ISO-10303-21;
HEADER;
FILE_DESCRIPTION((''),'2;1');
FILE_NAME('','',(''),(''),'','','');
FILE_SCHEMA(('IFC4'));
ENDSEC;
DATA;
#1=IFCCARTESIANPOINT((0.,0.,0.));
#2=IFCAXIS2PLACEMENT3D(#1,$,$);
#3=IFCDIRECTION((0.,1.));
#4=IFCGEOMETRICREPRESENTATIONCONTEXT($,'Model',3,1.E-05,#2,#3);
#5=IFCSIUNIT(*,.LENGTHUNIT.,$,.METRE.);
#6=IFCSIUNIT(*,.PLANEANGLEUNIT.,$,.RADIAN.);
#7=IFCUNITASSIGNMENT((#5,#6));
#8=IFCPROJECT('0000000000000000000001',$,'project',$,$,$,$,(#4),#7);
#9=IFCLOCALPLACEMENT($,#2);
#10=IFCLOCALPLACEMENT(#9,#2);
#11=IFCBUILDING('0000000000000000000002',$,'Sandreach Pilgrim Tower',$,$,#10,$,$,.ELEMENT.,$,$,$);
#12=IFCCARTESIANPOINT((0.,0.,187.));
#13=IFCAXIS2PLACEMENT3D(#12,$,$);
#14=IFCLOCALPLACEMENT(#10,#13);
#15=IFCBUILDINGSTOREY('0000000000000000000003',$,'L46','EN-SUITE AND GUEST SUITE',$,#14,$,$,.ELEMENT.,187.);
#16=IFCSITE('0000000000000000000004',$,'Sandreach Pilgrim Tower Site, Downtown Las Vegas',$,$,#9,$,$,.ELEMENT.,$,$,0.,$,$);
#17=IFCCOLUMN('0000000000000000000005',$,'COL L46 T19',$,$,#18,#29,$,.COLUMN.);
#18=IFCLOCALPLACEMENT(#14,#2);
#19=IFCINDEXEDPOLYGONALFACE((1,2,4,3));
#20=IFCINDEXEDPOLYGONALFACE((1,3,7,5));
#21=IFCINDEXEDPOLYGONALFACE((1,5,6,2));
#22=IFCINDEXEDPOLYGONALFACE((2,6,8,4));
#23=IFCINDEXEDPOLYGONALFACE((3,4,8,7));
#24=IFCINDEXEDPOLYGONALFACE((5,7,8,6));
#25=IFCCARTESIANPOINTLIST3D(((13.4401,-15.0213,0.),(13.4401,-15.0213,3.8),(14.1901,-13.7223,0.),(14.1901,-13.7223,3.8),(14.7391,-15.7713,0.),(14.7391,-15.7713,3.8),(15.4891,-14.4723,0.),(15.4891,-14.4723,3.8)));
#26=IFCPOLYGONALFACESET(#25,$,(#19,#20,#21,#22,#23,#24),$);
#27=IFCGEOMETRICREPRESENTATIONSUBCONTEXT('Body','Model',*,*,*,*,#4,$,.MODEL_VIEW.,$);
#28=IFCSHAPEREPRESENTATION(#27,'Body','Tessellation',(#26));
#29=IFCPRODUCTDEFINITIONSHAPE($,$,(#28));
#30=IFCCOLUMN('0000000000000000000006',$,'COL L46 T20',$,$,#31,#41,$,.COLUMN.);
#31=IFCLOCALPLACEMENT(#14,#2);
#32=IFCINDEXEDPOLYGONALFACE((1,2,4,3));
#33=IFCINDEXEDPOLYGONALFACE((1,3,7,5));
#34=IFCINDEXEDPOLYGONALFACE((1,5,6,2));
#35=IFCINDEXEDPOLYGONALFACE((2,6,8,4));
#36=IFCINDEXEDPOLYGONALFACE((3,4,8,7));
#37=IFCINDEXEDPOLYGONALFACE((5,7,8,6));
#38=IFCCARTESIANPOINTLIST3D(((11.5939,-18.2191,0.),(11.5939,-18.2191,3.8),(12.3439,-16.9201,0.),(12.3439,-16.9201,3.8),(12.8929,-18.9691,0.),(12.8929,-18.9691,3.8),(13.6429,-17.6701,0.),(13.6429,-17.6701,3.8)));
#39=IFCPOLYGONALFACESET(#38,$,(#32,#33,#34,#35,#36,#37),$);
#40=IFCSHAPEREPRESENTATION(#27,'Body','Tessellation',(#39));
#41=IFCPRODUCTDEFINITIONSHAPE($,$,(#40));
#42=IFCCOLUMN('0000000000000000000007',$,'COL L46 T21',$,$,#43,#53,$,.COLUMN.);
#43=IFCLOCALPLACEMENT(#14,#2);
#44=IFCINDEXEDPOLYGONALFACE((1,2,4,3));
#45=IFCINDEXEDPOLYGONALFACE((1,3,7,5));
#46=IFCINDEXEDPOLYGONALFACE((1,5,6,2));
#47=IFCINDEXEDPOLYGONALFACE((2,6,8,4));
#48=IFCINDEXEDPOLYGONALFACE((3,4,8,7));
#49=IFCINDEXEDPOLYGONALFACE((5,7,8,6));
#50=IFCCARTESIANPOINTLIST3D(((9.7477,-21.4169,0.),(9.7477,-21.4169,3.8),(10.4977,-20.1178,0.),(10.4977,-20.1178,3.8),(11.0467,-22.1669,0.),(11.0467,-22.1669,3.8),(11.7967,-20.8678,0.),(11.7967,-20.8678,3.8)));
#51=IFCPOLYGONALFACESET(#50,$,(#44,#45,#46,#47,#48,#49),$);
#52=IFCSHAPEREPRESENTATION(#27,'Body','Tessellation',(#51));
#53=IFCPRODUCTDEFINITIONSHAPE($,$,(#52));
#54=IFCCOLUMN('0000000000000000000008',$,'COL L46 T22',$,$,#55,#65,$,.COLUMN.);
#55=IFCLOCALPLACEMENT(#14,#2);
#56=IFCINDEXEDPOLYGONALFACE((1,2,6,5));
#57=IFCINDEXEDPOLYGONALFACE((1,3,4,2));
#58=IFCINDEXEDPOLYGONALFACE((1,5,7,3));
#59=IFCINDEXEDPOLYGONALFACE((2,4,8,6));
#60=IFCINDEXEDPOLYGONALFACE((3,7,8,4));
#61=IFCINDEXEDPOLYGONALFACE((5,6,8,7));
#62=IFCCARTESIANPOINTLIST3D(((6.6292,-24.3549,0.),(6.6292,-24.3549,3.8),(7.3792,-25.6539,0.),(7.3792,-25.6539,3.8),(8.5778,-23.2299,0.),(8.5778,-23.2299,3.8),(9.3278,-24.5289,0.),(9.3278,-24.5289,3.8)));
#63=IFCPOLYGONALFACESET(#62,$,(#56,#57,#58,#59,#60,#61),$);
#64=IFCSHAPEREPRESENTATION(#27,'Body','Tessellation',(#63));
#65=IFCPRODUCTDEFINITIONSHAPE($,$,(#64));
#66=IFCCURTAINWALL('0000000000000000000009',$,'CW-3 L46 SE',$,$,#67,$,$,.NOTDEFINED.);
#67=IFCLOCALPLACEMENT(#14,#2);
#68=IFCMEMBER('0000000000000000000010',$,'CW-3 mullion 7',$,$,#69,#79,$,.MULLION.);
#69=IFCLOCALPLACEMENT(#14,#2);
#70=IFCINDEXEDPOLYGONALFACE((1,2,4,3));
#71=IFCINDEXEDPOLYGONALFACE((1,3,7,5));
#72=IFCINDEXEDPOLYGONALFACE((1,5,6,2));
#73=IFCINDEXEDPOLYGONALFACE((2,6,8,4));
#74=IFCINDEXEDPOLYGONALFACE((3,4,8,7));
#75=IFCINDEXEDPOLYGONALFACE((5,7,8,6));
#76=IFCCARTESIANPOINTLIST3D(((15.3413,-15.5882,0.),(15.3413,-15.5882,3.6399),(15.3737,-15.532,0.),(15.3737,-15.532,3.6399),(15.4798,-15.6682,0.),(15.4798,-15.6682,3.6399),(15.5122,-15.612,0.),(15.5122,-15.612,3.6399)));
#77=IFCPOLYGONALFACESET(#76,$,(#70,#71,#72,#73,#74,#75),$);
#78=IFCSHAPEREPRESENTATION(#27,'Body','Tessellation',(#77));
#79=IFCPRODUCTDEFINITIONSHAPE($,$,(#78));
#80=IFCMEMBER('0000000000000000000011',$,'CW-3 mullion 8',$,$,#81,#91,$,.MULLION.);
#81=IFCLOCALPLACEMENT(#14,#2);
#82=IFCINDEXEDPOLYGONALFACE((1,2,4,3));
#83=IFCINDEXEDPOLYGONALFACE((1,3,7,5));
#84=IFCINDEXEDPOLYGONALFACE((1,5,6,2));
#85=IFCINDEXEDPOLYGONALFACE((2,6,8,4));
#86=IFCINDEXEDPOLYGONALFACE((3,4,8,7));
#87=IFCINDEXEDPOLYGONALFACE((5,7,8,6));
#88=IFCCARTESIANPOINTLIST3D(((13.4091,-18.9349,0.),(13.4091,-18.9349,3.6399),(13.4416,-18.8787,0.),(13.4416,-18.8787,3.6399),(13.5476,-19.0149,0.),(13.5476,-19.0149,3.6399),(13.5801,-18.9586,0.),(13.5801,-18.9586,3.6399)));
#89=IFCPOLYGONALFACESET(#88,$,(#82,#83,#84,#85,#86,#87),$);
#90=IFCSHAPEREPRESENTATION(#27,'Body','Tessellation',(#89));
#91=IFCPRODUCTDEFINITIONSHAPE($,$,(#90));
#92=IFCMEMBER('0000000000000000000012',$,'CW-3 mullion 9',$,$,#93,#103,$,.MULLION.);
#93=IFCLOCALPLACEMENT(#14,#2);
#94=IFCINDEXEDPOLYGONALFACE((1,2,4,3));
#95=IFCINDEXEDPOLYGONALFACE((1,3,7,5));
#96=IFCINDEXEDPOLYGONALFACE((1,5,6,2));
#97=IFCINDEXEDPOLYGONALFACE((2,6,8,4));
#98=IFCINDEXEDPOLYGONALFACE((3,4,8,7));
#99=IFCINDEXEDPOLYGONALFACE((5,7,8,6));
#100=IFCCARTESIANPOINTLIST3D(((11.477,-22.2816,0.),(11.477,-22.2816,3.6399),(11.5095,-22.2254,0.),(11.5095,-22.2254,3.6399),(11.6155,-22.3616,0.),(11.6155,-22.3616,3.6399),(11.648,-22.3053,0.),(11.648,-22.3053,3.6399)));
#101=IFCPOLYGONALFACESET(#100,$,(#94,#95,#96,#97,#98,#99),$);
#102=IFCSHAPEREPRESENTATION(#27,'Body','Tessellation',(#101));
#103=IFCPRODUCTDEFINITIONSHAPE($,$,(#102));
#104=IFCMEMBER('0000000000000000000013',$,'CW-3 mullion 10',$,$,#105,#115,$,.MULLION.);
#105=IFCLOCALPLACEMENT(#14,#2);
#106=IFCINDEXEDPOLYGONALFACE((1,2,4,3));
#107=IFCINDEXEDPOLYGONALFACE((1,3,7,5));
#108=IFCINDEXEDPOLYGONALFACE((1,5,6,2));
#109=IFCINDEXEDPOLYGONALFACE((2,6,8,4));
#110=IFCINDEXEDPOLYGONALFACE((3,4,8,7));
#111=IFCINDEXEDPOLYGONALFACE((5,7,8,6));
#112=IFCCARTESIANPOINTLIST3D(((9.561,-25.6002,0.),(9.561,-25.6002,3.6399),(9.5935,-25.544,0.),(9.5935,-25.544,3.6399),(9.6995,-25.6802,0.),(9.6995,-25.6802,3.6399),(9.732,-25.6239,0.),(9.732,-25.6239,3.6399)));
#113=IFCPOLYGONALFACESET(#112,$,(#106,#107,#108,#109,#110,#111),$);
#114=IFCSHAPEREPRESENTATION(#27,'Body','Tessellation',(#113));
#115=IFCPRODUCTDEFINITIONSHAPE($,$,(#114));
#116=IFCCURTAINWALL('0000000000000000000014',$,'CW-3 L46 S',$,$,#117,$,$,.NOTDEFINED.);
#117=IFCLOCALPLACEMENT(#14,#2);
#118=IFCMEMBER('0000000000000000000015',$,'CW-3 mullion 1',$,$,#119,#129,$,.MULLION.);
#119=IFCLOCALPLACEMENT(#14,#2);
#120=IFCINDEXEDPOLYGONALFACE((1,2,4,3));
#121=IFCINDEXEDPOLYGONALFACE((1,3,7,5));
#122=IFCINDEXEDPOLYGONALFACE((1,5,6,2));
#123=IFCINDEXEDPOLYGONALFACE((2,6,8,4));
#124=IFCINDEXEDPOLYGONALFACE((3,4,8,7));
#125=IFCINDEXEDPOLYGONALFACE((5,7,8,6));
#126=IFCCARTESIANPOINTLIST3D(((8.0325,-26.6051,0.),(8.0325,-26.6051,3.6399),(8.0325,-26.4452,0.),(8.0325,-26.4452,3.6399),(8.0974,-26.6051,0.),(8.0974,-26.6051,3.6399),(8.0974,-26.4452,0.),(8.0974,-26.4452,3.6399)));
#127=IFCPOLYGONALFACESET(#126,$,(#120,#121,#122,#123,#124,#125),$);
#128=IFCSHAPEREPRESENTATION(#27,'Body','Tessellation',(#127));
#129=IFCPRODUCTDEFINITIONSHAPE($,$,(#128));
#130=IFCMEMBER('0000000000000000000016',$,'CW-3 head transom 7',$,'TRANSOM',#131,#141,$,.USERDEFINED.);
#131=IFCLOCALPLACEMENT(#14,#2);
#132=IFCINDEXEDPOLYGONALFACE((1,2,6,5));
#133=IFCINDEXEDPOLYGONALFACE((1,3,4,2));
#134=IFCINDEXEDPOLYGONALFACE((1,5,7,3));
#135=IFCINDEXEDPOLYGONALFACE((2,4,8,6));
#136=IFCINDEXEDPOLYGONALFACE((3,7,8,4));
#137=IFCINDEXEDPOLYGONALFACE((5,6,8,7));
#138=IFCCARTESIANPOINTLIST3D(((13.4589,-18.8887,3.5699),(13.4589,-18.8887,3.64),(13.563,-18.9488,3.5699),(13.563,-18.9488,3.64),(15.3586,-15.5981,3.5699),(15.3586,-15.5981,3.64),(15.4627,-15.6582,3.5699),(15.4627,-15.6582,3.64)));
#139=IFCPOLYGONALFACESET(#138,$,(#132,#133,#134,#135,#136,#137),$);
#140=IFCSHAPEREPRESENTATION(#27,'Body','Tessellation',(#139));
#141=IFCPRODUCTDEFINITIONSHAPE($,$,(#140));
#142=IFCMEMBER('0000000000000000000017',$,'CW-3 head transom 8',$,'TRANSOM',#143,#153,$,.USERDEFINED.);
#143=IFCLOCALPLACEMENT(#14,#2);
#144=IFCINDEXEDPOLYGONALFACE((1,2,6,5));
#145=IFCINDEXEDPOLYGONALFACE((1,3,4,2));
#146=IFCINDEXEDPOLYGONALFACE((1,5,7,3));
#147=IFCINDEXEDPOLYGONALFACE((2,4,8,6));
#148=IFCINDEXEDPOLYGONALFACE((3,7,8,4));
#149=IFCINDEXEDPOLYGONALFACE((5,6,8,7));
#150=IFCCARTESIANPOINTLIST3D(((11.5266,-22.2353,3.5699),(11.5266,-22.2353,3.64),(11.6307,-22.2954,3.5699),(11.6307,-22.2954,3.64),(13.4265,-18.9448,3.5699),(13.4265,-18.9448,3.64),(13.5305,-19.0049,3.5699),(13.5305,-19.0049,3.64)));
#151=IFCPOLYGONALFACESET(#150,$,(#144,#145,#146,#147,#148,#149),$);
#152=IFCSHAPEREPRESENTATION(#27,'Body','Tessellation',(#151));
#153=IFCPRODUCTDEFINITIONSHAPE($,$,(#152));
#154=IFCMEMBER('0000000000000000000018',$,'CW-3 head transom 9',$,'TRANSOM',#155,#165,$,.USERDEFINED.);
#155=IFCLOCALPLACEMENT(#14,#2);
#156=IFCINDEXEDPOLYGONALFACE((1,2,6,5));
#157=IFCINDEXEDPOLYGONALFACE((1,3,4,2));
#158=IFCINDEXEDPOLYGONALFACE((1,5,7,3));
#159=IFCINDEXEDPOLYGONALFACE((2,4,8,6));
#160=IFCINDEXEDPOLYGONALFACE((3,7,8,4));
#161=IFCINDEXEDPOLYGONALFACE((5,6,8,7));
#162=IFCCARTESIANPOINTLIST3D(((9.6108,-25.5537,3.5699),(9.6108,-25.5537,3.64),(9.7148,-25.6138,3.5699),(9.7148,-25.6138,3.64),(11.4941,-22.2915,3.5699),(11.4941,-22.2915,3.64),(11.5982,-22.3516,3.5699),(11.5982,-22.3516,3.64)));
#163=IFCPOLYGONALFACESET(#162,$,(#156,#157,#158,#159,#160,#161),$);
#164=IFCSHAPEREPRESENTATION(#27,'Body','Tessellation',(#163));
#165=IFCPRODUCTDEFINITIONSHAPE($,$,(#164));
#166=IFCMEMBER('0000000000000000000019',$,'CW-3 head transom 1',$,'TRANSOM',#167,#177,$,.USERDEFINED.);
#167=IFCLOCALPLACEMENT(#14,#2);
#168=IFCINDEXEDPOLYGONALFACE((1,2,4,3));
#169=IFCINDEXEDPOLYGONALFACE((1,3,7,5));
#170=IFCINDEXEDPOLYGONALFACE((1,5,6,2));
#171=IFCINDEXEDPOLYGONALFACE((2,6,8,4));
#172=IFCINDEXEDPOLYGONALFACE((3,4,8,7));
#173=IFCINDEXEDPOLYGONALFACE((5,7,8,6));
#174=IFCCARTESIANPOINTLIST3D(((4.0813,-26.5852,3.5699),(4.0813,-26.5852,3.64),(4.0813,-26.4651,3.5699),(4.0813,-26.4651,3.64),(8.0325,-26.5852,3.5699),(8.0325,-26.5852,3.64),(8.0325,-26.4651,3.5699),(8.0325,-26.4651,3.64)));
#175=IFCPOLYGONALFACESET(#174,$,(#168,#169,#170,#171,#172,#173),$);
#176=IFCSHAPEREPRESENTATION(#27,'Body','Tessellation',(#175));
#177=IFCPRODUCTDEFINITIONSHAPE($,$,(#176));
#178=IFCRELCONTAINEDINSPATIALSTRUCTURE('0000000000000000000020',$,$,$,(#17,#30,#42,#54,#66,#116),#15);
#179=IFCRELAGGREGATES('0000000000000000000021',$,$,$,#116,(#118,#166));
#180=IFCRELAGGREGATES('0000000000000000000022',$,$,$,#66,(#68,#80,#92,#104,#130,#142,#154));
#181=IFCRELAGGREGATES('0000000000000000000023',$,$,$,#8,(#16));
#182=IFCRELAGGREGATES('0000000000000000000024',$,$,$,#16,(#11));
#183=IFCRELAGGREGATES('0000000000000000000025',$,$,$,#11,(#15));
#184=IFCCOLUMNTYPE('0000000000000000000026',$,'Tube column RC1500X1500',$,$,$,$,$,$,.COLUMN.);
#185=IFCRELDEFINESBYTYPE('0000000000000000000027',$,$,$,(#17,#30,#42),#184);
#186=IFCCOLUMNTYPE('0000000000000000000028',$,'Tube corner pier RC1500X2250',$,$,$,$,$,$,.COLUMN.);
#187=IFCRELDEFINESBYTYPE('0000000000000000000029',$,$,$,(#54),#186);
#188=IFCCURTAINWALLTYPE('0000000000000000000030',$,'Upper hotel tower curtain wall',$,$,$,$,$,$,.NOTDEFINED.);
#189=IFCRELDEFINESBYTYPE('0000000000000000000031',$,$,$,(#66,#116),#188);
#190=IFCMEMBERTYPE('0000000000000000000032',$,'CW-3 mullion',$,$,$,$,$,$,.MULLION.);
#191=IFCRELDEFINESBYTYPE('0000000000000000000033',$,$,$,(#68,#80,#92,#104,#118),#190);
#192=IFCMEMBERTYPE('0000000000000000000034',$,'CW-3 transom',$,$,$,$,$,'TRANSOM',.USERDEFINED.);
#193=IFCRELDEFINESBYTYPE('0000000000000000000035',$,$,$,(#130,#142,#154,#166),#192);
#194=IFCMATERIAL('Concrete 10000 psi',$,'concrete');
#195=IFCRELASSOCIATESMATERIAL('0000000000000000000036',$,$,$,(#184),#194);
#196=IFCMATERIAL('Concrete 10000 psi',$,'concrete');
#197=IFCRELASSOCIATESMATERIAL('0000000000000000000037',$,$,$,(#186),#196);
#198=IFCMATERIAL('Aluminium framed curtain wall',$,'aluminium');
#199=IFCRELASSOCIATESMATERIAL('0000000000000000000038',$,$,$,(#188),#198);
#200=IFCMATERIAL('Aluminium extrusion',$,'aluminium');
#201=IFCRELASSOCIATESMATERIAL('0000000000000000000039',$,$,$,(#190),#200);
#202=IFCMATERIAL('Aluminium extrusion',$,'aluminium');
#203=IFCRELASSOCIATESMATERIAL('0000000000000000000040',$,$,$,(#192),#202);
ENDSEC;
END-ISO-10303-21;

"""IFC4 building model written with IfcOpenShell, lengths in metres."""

from ifc_helpers import new_model, si_unit, direction, frame, origin, origin_2d, place, context, subcontext, project, spatial, rectangle, extrude, material, material_profile, profile_set, type_object, element, aggregate, save


model = new_model("IFC4")

# Units and contexts
model_context = context("Model", 3, precision=1e-05, world=origin(), true_north=direction((0.0, 1.0)))
body_context = subcontext(model_context, "Body", "Model", "MODEL_VIEW")
ifc_project = project(units=[si_unit("LENGTHUNIT", "METRE"), si_unit("PLANEANGLEUNIT", "RADIAN")], contexts=[model_context])

# Site, building, storey
site_placement = place(None, origin())
site = spatial("IfcSite", under=ifc_project, at=site_placement, Name="Sandreach Pilgrim Tower Site, Downtown Las Vegas", CompositionType="ELEMENT", RefElevation=0.0)
building_placement = place(site_placement, origin())
building = spatial("IfcBuilding", under=site, at=building_placement, Name="Sandreach Pilgrim Tower", CompositionType="ELEMENT")
storey_placement = place(building_placement, frame((0.0, 0.0, 187.0)))
storey = spatial("IfcBuildingStorey", under=building, at=storey_placement, Name="L46", Description="EN-SUITE AND GUEST SUITE", CompositionType="ELEMENT", Elevation=187.0)

# Columns
ifc_material_1 = material(Name="Concrete 10000 psi", Category="concrete")
ifc_material_profile_1 = material_profile(ifc_material_1, rectangle(XDim=1.5, YDim=1.5, at=origin_2d()), Name="RC1500X1500")
ifc_profile_set_1 = profile_set([ifc_material_profile_1], Name="Concrete 10000 psi")
column_type_1 = type_object("IfcColumnType", Name="Tube column RC1500X1500", PredefinedType="COLUMN", material=ifc_profile_set_1)
for number, where, z_axis, x_axis, name in (
    (1, (14.4646, -14.7468, 0.0), (0.0, 0.0, 1.0), (0.866025, -0.5, 0.0), "COL L46 T19"),
    (2, (12.6184, -17.9446, 0.0), (0.0, 0.0, 1.0), (0.866025, -0.5, 0.0), "COL L46 T20"),
    (3, (10.7722, -21.1423, 0.0), (0.0, 0.0, 1.0), (0.866025, -0.5, 0.0), "COL L46 T21"),
):
    element("IfcColumn", number, at=place(storey_placement, frame(where, z_axis=z_axis, x_axis=x_axis)), inside=storey, type_object=column_type_1, Name=name, PredefinedType="COLUMN", context=body_context, shape_type="SweptSolid", body=[
        extrude(rectangle(XDim=1.5, YDim=1.5, at=origin_2d()), origin(), (0.0, 0.0, 1.0), 3.8),
    ])
ifc_material_2 = material(Name="Concrete 10000 psi", Category="concrete")
ifc_material_profile_2 = material_profile(ifc_material_2, rectangle(XDim=1.5, YDim=2.25, at=origin_2d()), Name="RC1500X2250")
ifc_profile_set_2 = profile_set([ifc_material_profile_2], Name="Concrete 10000 psi")
column_type_2 = type_object("IfcColumnType", Name="Tube corner pier RC1500X2250", PredefinedType="COLUMN", material=ifc_profile_set_2)
column_placement = place(storey_placement, frame((7.9785, -24.4419, 0.0), z_axis=(0.0, 0.0, 1.0), x_axis=(0.5, -0.866025, 0.0)))
element("IfcColumn", 4, at=column_placement, inside=storey, type_object=column_type_2, Name="COL L46 T22", PredefinedType="COLUMN", context=body_context, shape_type="SweptSolid", body=[
    extrude(rectangle(XDim=1.5, YDim=2.25, at=origin_2d()), origin(), (0.0, 0.0, 1.0), 3.8),
])

# Curtain wall, members
ifc_material_3 = material(Name="Aluminium framed curtain wall", Category="aluminium")
curtain_wall_type = type_object("IfcCurtainWallType", Name="Upper hotel tower curtain wall", PredefinedType="NOTDEFINED", material=ifc_material_3)
curtain_wall_1_placement = place(storey_placement, origin())
curtain_wall_1 = element("IfcCurtainWall", 5, at=curtain_wall_1_placement, inside=storey, type_object=curtain_wall_type, Name="CW-3 L46 SE", PredefinedType="NOTDEFINED")
ifc_material_4 = material(Name="Aluminium extrusion", Category="aluminium")
ifc_material_profile_3 = material_profile(ifc_material_4, rectangle(XDim=0.0649, YDim=0.1599, at=origin_2d()), Name="CW-3M 65X160")
ifc_profile_set_3 = profile_set([ifc_material_profile_3], Name="Aluminium extrusion")
member_type_1 = type_object("IfcMemberType", Name="CW-3 mullion", PredefinedType="MULLION", material=ifc_profile_set_3)
member_1_placement = place(storey_placement, frame((15.4268, -15.6001, 0.0), z_axis=(0.0, 0.0, 1.0), x_axis=(-0.5, -0.866025, 0.0)))
member_1 = element("IfcMember", 6, at=member_1_placement, type_object=member_type_1, Name="CW-3 mullion 7", PredefinedType="MULLION", context=body_context, shape_type="SweptSolid", body=[
    extrude(rectangle(XDim=0.0649, YDim=0.1599, at=origin_2d()), origin(), (0.0, 0.0, 1.0), 3.6399),
])
member_2_placement = place(storey_placement, frame((13.4946, -18.9468, 0.0), z_axis=(0.0, 0.0, 1.0), x_axis=(-0.5, -0.866025, 0.0)))
member_2 = element("IfcMember", 7, at=member_2_placement, type_object=member_type_1, Name="CW-3 mullion 8", PredefinedType="MULLION", context=body_context, shape_type="SweptSolid", body=[
    extrude(rectangle(XDim=0.0649, YDim=0.1599, at=origin_2d()), origin(), (0.0, 0.0, 1.0), 3.6399),
])
member_3_placement = place(storey_placement, frame((11.5625, -22.2935, 0.0), z_axis=(0.0, 0.0, 1.0), x_axis=(-0.5, -0.866025, 0.0)))
member_3 = element("IfcMember", 8, at=member_3_placement, type_object=member_type_1, Name="CW-3 mullion 9", PredefinedType="MULLION", context=body_context, shape_type="SweptSolid", body=[
    extrude(rectangle(XDim=0.0649, YDim=0.1599, at=origin_2d()), origin(), (0.0, 0.0, 1.0), 3.6399),
])
member_4_placement = place(storey_placement, frame((9.6465, -25.6121, 0.0), z_axis=(0.0, 0.0, 1.0), x_axis=(-0.5, -0.866025, 0.0)))
member_4 = element("IfcMember", 9, at=member_4_placement, type_object=member_type_1, Name="CW-3 mullion 10", PredefinedType="MULLION", context=body_context, shape_type="SweptSolid", body=[
    extrude(rectangle(XDim=0.0649, YDim=0.1599, at=origin_2d()), origin(), (0.0, 0.0, 1.0), 3.6399),
])

# Curtain wall, member
curtain_wall_2_placement = place(storey_placement, origin())
curtain_wall_2 = element("IfcCurtainWall", 10, at=curtain_wall_2_placement, inside=storey, type_object=curtain_wall_type, Name="CW-3 L46 S", PredefinedType="NOTDEFINED")
member_5_placement = place(storey_placement, frame((8.0649, -26.5251, 0.0), z_axis=(0.0, 0.0, 1.0), x_axis=(-1.0, 0.0, 0.0)))
member_5 = element("IfcMember", 11, at=member_5_placement, type_object=member_type_1, Name="CW-3 mullion 1", PredefinedType="MULLION", context=body_context, shape_type="SweptSolid", body=[
    extrude(rectangle(XDim=0.0649, YDim=0.1599, at=origin_2d()), origin(), (0.0, 0.0, 1.0), 3.6399),
])

# Members
ifc_material_5 = material(Name="Aluminium extrusion", Category="aluminium")
ifc_material_profile_4 = material_profile(ifc_material_5, rectangle(XDim=0.1201, YDim=0.0701, at=origin_2d()), Name="CW-3T 120X70")
ifc_profile_set_4 = profile_set([ifc_material_profile_4], Name="Aluminium extrusion")
member_type_2 = type_object("IfcMemberType", Name="CW-3 transom", ElementType="TRANSOM", PredefinedType="USERDEFINED", material=ifc_profile_set_4)
member_6_placement = place(storey_placement, frame((15.4106, -15.6282, 3.605), z_axis=(-0.499975, -0.86604, 0.0), x_axis=(0.86604, -0.499975, 0.0)))
member_6 = element("IfcMember", 12, at=member_6_placement, type_object=member_type_2, Name="CW-3 head transom 7", ObjectType="TRANSOM", PredefinedType="USERDEFINED", context=body_context, shape_type="SweptSolid", body=[
    extrude(rectangle(XDim=0.1201, YDim=0.0701, at=origin_2d()), origin(), (0.0, 0.0, 1.0), 3.7996),
])
member_7_placement = place(storey_placement, frame((13.4785, -18.9749, 3.605), z_axis=(-0.500023, -0.866012, 0.0), x_axis=(0.866012, -0.500023, 0.0)))
member_7 = element("IfcMember", 13, at=member_7_placement, type_object=member_type_2, Name="CW-3 head transom 8", ObjectType="TRANSOM", PredefinedType="USERDEFINED", context=body_context, shape_type="SweptSolid", body=[
    extrude(rectangle(XDim=0.1201, YDim=0.0701, at=origin_2d()), origin(), (0.0, 0.0, 1.0), 3.7996),
])
member_8_placement = place(storey_placement, frame((11.5461, -22.3215, 3.605), z_axis=(-0.499973, -0.866041, 0.0), x_axis=(0.866041, -0.499973, 0.0)))
member_8 = element("IfcMember", 14, at=member_8_placement, type_object=member_type_2, Name="CW-3 head transom 9", ObjectType="TRANSOM", PredefinedType="USERDEFINED", context=body_context, shape_type="SweptSolid", body=[
    extrude(rectangle(XDim=0.1201, YDim=0.0701, at=origin_2d()), origin(), (0.0, 0.0, 1.0), 3.7668),
])
member_9_placement = place(storey_placement, frame((8.0325, -26.5251, 3.605), z_axis=(-1.0, 0.0, 0.0), x_axis=(0.0, -1.0, 0.0)))
member_9 = element("IfcMember", 15, at=member_9_placement, type_object=member_type_2, Name="CW-3 head transom 1", ObjectType="TRANSOM", PredefinedType="USERDEFINED", context=body_context, shape_type="SweptSolid", body=[
    extrude(rectangle(XDim=0.1201, YDim=0.0701, at=origin_2d()), origin(), (0.0, 0.0, 1.0), 3.9512),
])
aggregate(curtain_wall_2, [member_5, member_9])

aggregate(curtain_wall_1, [member_1, member_2, member_3, member_4, member_6, member_7, member_8])

save(model, "model.ifc")
